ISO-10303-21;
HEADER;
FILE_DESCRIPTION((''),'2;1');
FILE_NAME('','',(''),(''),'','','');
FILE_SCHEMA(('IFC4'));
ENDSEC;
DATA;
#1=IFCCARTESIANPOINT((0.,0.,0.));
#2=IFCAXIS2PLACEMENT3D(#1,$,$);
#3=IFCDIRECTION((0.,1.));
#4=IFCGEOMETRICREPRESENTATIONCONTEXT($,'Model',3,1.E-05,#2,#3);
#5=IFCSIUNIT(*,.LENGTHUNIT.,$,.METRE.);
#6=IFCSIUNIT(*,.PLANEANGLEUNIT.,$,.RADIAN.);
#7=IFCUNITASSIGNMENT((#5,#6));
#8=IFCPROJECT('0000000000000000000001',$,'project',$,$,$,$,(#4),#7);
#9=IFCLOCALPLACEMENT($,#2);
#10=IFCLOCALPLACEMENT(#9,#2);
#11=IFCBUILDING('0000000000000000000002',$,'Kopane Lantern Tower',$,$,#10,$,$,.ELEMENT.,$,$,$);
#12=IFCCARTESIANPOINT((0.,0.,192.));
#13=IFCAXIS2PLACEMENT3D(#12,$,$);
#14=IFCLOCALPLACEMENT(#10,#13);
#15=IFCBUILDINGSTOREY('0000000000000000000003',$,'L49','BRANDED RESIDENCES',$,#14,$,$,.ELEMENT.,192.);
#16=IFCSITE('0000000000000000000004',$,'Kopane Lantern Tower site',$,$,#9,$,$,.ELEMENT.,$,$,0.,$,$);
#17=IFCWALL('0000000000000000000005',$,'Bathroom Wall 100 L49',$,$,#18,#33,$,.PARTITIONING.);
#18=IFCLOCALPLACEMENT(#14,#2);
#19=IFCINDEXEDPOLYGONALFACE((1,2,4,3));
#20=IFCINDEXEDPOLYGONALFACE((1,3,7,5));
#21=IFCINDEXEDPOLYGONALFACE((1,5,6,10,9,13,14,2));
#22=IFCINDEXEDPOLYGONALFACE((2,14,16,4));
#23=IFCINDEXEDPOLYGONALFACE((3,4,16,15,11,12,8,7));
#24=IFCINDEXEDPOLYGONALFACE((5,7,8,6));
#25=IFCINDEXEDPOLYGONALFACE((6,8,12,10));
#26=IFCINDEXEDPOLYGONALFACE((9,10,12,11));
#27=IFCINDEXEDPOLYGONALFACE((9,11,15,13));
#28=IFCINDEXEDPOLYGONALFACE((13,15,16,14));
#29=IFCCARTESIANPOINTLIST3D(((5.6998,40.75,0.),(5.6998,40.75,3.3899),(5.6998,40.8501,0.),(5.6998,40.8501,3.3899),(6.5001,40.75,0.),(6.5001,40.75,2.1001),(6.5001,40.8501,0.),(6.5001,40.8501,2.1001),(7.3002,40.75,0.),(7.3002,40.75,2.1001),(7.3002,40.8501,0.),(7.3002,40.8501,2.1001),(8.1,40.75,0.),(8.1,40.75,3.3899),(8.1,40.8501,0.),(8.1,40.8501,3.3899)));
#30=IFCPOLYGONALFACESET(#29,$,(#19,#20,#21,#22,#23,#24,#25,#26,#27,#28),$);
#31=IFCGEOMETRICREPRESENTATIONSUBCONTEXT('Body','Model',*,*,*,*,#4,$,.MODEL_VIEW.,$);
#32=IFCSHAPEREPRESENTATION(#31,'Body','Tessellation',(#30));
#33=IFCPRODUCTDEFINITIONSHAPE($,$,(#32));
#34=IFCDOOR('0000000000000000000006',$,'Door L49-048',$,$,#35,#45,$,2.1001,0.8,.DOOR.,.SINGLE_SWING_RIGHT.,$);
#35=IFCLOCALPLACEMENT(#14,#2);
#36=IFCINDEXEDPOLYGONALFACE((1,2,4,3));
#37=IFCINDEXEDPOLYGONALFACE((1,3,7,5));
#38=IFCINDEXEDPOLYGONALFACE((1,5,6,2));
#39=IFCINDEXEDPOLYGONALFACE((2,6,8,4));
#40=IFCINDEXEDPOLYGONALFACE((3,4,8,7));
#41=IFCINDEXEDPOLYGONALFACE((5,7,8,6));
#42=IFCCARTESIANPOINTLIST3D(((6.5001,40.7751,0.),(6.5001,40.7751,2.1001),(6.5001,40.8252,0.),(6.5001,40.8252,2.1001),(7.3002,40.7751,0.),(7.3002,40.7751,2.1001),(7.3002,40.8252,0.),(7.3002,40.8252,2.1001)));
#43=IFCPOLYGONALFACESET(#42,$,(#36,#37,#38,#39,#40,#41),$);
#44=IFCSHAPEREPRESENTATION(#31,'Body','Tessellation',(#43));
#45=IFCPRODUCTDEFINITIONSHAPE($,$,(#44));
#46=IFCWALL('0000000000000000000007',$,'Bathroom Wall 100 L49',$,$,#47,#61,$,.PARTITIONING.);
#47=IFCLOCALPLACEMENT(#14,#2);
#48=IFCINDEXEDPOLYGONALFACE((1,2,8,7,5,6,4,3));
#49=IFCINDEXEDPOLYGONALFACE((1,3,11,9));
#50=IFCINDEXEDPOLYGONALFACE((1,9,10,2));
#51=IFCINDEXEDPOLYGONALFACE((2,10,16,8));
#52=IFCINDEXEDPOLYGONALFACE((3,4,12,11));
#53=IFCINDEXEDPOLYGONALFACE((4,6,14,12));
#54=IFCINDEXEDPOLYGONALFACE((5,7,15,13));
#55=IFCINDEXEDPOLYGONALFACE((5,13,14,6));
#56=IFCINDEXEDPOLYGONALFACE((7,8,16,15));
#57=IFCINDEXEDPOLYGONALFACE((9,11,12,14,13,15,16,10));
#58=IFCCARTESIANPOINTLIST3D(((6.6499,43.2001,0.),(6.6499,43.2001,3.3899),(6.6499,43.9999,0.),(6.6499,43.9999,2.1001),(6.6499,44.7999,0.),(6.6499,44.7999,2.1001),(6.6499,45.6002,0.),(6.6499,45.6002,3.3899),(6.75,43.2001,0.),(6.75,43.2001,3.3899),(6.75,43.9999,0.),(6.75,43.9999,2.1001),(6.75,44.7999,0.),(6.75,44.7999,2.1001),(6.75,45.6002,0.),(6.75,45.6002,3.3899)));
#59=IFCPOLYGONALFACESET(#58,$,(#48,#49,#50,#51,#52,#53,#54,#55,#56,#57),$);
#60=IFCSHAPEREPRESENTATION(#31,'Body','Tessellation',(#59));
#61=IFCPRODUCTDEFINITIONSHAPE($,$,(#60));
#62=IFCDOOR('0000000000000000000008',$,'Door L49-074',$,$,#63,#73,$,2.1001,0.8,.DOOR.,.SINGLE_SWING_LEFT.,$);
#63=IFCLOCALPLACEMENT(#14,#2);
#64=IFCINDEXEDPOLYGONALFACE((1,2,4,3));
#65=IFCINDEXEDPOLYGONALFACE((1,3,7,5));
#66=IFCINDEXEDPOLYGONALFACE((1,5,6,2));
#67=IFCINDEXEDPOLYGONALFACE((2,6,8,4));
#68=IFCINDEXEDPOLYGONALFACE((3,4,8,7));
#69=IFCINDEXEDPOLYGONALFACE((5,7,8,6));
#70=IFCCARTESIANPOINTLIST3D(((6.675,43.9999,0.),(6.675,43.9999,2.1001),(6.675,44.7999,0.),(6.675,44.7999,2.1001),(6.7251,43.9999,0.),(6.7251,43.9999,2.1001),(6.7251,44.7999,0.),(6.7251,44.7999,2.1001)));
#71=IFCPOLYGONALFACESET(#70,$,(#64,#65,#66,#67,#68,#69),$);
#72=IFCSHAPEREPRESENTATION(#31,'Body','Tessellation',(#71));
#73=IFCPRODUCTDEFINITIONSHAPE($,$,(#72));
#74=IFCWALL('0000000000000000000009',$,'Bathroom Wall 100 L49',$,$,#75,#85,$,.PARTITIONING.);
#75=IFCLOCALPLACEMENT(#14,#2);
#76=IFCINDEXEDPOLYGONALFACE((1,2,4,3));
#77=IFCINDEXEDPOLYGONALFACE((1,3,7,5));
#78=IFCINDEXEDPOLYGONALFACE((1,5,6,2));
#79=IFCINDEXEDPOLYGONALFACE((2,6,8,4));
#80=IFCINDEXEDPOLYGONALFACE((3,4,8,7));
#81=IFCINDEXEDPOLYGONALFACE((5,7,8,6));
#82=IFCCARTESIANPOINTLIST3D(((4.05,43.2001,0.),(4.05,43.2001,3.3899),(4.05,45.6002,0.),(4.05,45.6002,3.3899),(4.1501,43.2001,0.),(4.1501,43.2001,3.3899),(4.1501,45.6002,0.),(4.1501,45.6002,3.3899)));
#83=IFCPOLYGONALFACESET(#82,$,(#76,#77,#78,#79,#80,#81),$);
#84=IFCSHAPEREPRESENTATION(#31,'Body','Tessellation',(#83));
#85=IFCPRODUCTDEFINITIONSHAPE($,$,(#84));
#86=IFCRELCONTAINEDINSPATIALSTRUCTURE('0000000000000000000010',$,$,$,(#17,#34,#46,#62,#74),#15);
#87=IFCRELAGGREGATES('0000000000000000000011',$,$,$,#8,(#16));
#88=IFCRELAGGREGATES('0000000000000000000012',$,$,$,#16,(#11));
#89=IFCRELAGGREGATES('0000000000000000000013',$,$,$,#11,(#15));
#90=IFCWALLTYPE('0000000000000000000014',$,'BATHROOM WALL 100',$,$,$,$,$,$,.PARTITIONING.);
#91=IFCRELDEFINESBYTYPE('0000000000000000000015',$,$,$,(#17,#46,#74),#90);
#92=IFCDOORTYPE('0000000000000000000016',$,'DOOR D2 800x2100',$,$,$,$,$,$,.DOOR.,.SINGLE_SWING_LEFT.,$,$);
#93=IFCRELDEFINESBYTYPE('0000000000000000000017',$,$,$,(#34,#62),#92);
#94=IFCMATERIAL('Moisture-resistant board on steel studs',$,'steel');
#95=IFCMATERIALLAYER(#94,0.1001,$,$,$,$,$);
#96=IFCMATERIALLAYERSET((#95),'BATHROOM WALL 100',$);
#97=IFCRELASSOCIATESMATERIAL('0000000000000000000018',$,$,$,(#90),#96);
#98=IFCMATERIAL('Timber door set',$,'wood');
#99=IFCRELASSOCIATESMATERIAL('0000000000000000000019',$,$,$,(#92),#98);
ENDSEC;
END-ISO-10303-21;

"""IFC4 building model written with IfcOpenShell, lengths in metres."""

from ifc_helpers import new_model, si_unit, direction, frame, frame_2d, origin, place, context, subcontext, project, spatial, rectangle, extrude, material, layer, layer_set, type_object, element, fill, save


model = new_model("IFC4")

# Units and contexts
model_context = context("Model", 3, precision=1e-05, world=origin(), true_north=direction((0.0, 1.0)))
body_context = subcontext(model_context, "Body", "Model", "MODEL_VIEW")
ifc_project = project(units=[si_unit("LENGTHUNIT", "METRE"), si_unit("PLANEANGLEUNIT", "RADIAN")], contexts=[model_context])

# Site, building, storey
site_placement = place(None, origin())
site = spatial("IfcSite", under=ifc_project, at=site_placement, Name="Kopane Lantern Tower site", CompositionType="ELEMENT", RefElevation=0.0)
building_placement = place(site_placement, origin())
building = spatial("IfcBuilding", under=site, at=building_placement, Name="Kopane Lantern Tower", CompositionType="ELEMENT")
storey_placement = place(building_placement, frame((0.0, 0.0, 192.0)))
storey = spatial("IfcBuildingStorey", under=building, at=storey_placement, Name="L49", Description="BRANDED RESIDENCES", CompositionType="ELEMENT", Elevation=192.0)

# Walls, openings, doors
ifc_material_1 = material(Name="Moisture-resistant board on steel studs", Category="steel")
ifc_layer_1 = layer(ifc_material_1, 0.1001)
ifc_layer_set_1 = layer_set([ifc_layer_1], Name="BATHROOM WALL 100")
wall_type_1 = type_object("IfcWallType", Name="BATHROOM WALL 100", PredefinedType="PARTITIONING", material=ifc_layer_set_1)
ifc_material_2 = material(Name="Timber door set", Category="wood")
door_type_1 = type_object("IfcDoorType", Name="DOOR D2 800x2100", OperationType="SINGLE_SWING_LEFT", PredefinedType="DOOR", material=ifc_material_2)
wall_1_placement = place(storey_placement, frame((8.1001, 40.8, 0.0), z_axis=(0.0, 0.0, 1.0), x_axis=(-1.0, 0.0, 0.0)))
wall_1 = element("IfcWall", 1, at=wall_1_placement, inside=storey, type_object=wall_type_1, Name="Bathroom Wall 100 L49", PredefinedType="PARTITIONING", context=body_context, shape_type="SweptSolid", body=[
    extrude(rectangle(XDim=2.4001, YDim=0.1001, at=frame_2d((1.2002, 0.0))), origin(), (0.0, 0.0, 1.0), 3.3899),
])
opening_1_placement = place(wall_1_placement, frame((0.8, 0.0, 0.0)))
opening_1 = element("IfcOpeningElement", 2, at=opening_1_placement, cuts=wall_1, PredefinedType="OPENING", context=body_context, shape_type="SweptSolid", body=[
    extrude(rectangle(XDim=0.8, YDim=2.1001, at=frame_2d((0.3999, 1.05))), frame((0.0, 0.0601, 0.0), z_axis=(0.0, -1.0, 0.0), x_axis=(1.0, 0.0, 0.0)), (0.0, 0.0, 1.0), 0.1201),
])
door_1_placement = place(opening_1_placement, origin())
door_1 = element("IfcDoor", 3, at=door_1_placement, inside=storey, type_object=door_type_1, Name="Door L49-048", OperationType="SINGLE_SWING_RIGHT", OverallHeight=2.1001, OverallWidth=0.8, PredefinedType="DOOR", context=body_context, shape_type="SweptSolid", body=[
    extrude(rectangle(XDim=0.8, YDim=2.1001, at=frame_2d((0.3999, 1.05))), frame((0.0, 0.0249, 0.0), z_axis=(0.0, -1.0, 0.0), x_axis=(1.0, 0.0, 0.0)), (0.0, 0.0, 1.0), 0.05),
])
fill(opening_1, door_1)
wall_2_placement = place(storey_placement, frame((6.7, 43.2, 0.0), z_axis=(0.0, 0.0, 1.0), x_axis=(0.0, 1.0, 0.0)))
wall_2 = element("IfcWall", 4, at=wall_2_placement, inside=storey, type_object=wall_type_1, Name="Bathroom Wall 100 L49", PredefinedType="PARTITIONING", context=body_context, shape_type="SweptSolid", body=[
    extrude(rectangle(XDim=2.4001, YDim=0.1001, at=frame_2d((1.2002, 0.0))), origin(), (0.0, 0.0, 1.0), 3.3899),
])
opening_2_placement = place(wall_2_placement, frame((0.8, 0.0, 0.0)))
opening_2 = element("IfcOpeningElement", 5, at=opening_2_placement, cuts=wall_2, PredefinedType="OPENING", context=body_context, shape_type="SweptSolid", body=[
    extrude(rectangle(XDim=0.8, YDim=2.1001, at=frame_2d((0.3999, 1.05))), frame((0.0, 0.0601, 0.0), z_axis=(0.0, -1.0, 0.0), x_axis=(1.0, 0.0, 0.0)), (0.0, 0.0, 1.0), 0.1201),
])
door_2_placement = place(opening_2_placement, origin())
door_2 = element("IfcDoor", 6, at=door_2_placement, inside=storey, type_object=door_type_1, Name="Door L49-074", OperationType="SINGLE_SWING_LEFT", OverallHeight=2.1001, OverallWidth=0.8, PredefinedType="DOOR", context=body_context, shape_type="SweptSolid", body=[
    extrude(rectangle(XDim=0.8, YDim=2.1001, at=frame_2d((0.3999, 1.05))), frame((0.0, 0.0249, 0.0), z_axis=(0.0, -1.0, 0.0), x_axis=(1.0, 0.0, 0.0)), (0.0, 0.0, 1.0), 0.05),
])
fill(opening_2, door_2)

# Wall
wall_3_placement = place(storey_placement, frame((4.1001, 43.2, 0.0), z_axis=(0.0, 0.0, 1.0), x_axis=(0.0, 1.0, 0.0)))
element("IfcWall", 7, at=wall_3_placement, inside=storey, type_object=wall_type_1, Name="Bathroom Wall 100 L49", PredefinedType="PARTITIONING", context=body_context, shape_type="SweptSolid", body=[
    extrude(rectangle(XDim=2.4001, YDim=0.1001, at=frame_2d((1.2002, 0.0))), origin(), (0.0, 0.0, 1.0), 3.3899),
])

save(model, "model.ifc")
